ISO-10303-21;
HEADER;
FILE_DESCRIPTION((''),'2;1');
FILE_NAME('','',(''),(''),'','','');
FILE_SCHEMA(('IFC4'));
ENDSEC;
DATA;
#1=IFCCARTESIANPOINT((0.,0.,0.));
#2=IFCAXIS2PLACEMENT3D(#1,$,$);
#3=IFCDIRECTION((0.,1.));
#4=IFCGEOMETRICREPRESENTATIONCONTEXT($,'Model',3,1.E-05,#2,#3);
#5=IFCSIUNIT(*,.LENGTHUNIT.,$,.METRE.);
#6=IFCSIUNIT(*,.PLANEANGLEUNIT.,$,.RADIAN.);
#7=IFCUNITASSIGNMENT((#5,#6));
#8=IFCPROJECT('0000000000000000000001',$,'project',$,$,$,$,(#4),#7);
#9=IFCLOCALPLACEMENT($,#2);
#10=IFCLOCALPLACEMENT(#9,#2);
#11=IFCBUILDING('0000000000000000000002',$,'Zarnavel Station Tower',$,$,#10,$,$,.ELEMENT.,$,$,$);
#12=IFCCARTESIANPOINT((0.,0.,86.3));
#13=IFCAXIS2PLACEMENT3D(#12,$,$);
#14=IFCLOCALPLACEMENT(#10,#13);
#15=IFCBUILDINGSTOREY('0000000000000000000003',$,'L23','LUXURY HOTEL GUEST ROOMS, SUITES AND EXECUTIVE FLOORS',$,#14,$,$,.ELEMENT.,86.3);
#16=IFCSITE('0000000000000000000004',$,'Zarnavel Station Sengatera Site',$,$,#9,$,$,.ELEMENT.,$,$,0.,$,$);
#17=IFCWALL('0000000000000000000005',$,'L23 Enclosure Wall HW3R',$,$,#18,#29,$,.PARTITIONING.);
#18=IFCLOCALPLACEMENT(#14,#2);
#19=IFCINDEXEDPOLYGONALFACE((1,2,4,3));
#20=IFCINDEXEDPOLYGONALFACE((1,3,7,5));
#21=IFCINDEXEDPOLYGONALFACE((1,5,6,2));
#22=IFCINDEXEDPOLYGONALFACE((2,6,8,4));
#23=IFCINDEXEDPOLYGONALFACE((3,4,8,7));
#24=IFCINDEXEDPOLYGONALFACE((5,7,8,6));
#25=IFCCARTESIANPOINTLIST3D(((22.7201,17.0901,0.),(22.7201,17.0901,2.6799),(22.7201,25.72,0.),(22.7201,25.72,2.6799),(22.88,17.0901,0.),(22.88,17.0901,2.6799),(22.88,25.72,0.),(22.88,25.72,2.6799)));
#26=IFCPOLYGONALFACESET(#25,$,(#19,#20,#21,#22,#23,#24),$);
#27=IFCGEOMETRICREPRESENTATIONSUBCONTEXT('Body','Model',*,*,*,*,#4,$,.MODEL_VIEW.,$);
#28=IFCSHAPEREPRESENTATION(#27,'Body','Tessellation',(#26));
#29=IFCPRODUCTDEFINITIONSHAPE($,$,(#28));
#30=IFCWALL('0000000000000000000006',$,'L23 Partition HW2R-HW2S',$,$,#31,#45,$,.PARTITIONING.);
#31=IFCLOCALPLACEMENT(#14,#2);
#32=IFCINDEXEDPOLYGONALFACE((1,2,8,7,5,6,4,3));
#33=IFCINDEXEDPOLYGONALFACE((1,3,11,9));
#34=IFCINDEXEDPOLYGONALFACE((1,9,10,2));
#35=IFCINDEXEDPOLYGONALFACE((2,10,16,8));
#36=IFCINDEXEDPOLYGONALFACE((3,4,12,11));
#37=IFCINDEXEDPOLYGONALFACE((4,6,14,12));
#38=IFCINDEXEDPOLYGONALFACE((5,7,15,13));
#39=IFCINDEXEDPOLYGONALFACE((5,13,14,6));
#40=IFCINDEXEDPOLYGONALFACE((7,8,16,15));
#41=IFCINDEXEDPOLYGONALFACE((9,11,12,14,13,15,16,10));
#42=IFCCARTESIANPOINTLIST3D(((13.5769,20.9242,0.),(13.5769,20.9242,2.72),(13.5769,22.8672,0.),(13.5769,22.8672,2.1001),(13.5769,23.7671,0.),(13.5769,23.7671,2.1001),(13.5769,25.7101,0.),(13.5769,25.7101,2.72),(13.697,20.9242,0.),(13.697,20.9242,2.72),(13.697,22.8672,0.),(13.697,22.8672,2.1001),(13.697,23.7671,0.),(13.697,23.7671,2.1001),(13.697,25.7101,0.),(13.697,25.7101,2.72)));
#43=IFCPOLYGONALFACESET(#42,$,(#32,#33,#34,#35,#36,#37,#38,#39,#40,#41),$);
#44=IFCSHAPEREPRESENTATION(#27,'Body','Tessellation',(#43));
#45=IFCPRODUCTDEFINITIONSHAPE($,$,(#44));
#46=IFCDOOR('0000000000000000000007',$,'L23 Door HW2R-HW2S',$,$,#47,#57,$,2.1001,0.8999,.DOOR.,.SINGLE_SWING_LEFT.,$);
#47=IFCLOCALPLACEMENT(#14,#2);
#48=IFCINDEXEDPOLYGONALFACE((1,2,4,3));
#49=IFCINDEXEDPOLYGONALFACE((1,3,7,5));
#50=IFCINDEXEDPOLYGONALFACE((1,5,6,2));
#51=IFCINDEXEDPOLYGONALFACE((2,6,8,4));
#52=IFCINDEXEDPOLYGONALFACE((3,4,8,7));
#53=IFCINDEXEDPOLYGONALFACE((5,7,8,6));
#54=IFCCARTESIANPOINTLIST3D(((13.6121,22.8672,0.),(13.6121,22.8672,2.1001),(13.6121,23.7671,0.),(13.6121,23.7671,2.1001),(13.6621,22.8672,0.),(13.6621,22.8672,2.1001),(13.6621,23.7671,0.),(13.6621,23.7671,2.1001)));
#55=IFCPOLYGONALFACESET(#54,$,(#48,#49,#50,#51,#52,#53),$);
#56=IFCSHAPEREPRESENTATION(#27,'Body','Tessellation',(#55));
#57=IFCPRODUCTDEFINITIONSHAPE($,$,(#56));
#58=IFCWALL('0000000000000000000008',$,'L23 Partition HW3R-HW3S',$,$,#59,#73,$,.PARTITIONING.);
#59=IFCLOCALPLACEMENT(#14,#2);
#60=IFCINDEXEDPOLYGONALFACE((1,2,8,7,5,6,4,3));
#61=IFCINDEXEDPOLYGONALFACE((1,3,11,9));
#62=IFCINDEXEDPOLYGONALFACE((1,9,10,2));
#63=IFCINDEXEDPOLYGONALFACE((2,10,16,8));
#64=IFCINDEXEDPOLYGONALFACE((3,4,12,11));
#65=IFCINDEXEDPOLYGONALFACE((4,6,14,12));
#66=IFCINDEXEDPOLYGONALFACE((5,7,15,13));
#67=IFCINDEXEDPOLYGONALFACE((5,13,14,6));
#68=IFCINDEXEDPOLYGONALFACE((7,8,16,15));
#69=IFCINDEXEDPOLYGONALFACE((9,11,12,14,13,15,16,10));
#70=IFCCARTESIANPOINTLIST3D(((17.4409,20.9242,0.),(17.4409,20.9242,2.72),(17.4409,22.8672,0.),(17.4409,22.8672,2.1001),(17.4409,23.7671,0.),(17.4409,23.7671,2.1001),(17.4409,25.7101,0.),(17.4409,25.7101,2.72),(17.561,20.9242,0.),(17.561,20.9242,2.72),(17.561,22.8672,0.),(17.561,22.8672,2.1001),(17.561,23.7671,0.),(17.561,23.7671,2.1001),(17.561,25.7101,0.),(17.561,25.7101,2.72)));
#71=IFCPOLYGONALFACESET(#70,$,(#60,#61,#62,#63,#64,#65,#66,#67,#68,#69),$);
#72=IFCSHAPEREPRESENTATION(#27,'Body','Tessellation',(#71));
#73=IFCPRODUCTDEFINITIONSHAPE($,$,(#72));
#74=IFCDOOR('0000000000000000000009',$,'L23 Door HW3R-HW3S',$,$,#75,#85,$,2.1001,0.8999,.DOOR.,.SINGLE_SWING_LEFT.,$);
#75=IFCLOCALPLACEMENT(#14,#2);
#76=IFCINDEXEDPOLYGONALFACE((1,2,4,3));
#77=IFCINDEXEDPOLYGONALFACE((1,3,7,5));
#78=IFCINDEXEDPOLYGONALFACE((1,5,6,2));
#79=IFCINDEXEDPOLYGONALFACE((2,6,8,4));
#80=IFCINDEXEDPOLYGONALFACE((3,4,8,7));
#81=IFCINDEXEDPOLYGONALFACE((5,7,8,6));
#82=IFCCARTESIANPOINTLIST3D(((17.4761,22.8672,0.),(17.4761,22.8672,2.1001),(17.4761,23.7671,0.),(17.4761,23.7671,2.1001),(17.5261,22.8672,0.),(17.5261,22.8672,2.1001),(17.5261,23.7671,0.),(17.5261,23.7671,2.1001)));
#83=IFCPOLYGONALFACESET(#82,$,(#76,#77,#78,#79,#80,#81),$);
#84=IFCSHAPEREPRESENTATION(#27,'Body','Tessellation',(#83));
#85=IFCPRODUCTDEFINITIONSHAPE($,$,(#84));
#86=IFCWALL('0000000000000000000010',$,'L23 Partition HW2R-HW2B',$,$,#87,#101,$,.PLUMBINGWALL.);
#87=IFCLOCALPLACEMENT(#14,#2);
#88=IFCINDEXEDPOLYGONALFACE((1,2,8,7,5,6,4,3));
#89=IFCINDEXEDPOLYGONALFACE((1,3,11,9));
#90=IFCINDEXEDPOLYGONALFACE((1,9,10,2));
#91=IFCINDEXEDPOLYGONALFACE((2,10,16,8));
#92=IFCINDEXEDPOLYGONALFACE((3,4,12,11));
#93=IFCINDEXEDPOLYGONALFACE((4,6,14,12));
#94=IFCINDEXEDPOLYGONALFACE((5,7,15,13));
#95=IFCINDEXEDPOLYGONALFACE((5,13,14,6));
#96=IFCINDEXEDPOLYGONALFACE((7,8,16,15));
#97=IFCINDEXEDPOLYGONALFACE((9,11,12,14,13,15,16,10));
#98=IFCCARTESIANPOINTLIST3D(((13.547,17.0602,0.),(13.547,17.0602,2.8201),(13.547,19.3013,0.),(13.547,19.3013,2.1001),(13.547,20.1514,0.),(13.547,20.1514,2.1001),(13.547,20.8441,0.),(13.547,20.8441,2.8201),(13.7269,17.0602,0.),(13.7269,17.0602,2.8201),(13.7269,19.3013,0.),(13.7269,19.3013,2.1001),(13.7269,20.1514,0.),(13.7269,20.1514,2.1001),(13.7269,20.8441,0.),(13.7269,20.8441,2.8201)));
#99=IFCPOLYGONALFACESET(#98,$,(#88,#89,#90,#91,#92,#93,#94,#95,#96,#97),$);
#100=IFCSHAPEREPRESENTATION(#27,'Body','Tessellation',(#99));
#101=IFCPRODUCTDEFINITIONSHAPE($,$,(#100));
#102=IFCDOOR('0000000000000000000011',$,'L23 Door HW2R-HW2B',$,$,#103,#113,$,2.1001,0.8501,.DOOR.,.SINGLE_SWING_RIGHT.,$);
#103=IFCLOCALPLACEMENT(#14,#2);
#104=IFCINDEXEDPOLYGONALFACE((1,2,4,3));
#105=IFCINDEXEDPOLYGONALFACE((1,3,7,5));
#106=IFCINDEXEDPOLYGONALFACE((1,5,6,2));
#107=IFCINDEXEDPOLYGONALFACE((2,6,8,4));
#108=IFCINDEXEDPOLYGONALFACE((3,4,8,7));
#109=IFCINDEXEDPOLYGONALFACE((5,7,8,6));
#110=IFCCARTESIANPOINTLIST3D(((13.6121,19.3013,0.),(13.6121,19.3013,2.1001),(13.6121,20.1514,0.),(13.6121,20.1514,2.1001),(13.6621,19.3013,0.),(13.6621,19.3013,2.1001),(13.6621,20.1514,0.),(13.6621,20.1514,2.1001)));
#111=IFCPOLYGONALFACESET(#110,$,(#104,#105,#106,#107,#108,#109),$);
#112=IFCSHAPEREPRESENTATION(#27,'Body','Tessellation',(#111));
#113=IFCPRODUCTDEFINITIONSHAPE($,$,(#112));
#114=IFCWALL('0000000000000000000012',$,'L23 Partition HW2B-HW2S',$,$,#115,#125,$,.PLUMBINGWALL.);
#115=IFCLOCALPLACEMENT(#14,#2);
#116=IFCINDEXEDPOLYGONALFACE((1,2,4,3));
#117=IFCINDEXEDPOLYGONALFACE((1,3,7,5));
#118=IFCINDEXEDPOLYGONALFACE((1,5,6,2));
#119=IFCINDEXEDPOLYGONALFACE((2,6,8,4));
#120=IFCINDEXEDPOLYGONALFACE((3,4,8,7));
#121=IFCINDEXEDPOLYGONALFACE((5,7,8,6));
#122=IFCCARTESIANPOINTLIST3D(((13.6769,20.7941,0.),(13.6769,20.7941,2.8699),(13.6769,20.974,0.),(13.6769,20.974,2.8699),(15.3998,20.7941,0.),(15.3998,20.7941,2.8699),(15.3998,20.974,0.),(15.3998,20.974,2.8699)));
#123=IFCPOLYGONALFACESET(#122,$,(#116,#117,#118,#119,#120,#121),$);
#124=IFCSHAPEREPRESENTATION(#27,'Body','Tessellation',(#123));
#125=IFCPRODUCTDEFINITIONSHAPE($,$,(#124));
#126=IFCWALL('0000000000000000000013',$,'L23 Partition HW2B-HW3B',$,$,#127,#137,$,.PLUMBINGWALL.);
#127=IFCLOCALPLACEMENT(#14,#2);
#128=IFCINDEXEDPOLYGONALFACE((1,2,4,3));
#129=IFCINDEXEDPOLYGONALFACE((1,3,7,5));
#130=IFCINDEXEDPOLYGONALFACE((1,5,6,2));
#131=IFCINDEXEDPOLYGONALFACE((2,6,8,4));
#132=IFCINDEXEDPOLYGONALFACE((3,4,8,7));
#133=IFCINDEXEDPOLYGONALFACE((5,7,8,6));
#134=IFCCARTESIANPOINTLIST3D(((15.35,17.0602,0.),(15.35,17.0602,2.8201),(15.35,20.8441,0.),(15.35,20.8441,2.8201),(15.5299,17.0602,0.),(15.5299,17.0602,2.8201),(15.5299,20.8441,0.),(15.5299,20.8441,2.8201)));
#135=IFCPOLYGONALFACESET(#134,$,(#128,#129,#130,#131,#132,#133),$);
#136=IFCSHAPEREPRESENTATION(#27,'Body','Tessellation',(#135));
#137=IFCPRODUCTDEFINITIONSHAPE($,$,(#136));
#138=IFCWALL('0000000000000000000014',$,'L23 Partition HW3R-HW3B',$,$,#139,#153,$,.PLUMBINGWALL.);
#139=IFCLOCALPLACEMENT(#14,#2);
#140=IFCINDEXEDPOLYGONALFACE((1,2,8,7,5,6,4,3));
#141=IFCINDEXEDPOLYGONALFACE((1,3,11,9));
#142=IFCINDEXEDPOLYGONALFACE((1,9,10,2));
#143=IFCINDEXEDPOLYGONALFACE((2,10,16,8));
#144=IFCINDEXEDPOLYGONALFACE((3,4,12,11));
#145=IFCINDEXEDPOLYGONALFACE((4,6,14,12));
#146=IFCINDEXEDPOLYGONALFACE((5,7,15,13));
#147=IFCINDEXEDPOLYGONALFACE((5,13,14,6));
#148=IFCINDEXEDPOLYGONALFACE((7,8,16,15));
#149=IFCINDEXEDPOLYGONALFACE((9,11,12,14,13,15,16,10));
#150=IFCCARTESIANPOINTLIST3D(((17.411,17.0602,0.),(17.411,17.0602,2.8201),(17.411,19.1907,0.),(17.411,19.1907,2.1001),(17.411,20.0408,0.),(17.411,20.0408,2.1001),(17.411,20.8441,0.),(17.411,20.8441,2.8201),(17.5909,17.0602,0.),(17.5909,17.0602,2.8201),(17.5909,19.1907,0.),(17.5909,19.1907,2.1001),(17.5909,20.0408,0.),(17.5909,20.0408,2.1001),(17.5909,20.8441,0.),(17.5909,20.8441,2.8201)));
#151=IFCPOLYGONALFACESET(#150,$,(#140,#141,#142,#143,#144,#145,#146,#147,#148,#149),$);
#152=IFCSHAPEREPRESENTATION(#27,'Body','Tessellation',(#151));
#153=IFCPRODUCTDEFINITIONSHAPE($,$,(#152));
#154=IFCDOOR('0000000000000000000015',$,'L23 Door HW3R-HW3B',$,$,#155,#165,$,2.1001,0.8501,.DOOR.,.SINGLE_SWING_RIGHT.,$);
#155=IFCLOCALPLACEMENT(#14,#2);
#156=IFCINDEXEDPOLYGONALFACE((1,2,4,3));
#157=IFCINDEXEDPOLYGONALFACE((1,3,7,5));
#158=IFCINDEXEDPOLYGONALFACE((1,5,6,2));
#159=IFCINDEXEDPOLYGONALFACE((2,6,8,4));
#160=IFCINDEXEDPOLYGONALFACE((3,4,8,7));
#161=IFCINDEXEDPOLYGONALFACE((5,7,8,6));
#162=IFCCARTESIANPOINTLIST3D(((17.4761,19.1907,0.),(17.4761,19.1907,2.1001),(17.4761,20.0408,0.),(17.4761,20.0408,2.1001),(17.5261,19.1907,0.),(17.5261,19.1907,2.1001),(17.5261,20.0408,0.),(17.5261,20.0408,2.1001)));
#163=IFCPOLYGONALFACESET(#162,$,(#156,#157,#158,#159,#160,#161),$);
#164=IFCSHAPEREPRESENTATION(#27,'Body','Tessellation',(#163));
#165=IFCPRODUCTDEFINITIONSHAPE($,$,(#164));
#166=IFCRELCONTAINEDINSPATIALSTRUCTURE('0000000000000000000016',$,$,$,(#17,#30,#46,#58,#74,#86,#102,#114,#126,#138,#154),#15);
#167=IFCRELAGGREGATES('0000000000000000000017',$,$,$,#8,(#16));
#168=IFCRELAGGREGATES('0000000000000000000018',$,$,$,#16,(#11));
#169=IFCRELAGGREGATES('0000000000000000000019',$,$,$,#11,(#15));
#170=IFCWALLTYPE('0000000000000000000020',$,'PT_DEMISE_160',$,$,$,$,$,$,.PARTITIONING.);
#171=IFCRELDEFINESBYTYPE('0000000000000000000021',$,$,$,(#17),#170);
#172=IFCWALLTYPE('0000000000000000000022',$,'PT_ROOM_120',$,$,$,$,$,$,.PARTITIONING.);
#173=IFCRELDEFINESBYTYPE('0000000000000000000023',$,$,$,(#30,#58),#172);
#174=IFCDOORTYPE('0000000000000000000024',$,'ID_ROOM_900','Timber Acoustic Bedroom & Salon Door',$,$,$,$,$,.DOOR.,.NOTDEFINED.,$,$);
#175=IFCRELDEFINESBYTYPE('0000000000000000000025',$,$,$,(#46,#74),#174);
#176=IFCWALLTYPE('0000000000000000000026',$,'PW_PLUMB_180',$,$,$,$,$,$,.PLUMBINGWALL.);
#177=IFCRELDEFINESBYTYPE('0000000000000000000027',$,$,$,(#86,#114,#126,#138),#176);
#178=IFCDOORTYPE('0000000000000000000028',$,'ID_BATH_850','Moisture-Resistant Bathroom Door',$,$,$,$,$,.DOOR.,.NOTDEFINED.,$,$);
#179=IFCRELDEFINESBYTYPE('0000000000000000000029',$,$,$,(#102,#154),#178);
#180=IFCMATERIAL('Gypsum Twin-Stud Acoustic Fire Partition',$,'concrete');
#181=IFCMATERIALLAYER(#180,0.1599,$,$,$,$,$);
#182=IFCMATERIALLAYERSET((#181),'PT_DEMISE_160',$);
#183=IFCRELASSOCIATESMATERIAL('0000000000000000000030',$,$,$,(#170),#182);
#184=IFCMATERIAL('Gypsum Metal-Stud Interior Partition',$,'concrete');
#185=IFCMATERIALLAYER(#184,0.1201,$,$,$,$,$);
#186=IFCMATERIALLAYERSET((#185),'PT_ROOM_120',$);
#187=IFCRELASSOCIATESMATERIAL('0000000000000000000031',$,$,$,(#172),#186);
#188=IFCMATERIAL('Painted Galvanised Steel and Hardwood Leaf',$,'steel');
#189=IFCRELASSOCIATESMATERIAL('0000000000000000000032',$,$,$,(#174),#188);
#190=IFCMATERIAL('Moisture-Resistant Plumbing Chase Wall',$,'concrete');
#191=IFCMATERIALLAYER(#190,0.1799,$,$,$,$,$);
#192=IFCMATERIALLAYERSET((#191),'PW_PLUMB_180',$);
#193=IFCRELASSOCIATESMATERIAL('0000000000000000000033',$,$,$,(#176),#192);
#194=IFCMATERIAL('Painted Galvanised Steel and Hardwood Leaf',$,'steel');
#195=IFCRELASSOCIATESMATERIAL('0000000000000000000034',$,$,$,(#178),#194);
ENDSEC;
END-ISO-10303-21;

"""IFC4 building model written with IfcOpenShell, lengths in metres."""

from ifc_helpers import new_model, si_unit, direction, frame, frame_2d, origin, place, context, subcontext, project, spatial, rectangle, extrude, material, layer, layer_set, type_object, element, fill, save


model = new_model("IFC4")

# Units and contexts
model_context = context("Model", 3, precision=1e-05, world=origin(), true_north=direction((0.0, 1.0)))
body_context = subcontext(model_context, "Body", "Model", "MODEL_VIEW")
ifc_project = project(units=[si_unit("LENGTHUNIT", "METRE"), si_unit("PLANEANGLEUNIT", "RADIAN")], contexts=[model_context])

# Site, building, storey
site_placement = place(None, origin())
site = spatial("IfcSite", under=ifc_project, at=site_placement, Name="Zarnavel Station Sengatera Site", CompositionType="ELEMENT", RefElevation=0.0)
building_placement = place(site_placement, origin())
building = spatial("IfcBuilding", under=site, at=building_placement, Name="Zarnavel Station Tower", CompositionType="ELEMENT")
storey_placement = place(building_placement, frame((0.0, 0.0, 86.3)))
storey = spatial("IfcBuildingStorey", under=building, at=storey_placement, Name="L23", Description="LUXURY HOTEL GUEST ROOMS, SUITES AND EXECUTIVE FLOORS", CompositionType="ELEMENT", Elevation=86.3)

# Wall
ifc_material_1 = material(Name="Gypsum Twin-Stud Acoustic Fire Partition", Category="concrete")
ifc_layer_1 = layer(ifc_material_1, 0.1599)
ifc_layer_set_1 = layer_set([ifc_layer_1], Name="PT_DEMISE_160")
wall_type_1 = type_object("IfcWallType", Name="PT_DEMISE_160", PredefinedType="PARTITIONING", material=ifc_layer_set_1)
wall_1_placement = place(storey_placement, frame((22.8, 17.0901, 0.0), z_axis=(0.0, 0.0, 1.0), x_axis=(0.0, 1.0, 0.0)))
element("IfcWall", 1, at=wall_1_placement, inside=storey, type_object=wall_type_1, Name="L23 Enclosure Wall HW3R", PredefinedType="PARTITIONING", context=body_context, shape_type="SweptSolid", body=[
    extrude(rectangle(XDim=8.6299, YDim=0.1599, at=frame_2d((4.3149, 0.0))), origin(), (0.0, 0.0, 1.0), 2.6799),
])

# Walls, openings, doors
ifc_material_2 = material(Name="Gypsum Metal-Stud Interior Partition", Category="concrete")
ifc_layer_2 = layer(ifc_material_2, 0.1201)
ifc_layer_set_2 = layer_set([ifc_layer_2], Name="PT_ROOM_120")
wall_type_2 = type_object("IfcWallType", Name="PT_ROOM_120", PredefinedType="PARTITIONING", material=ifc_layer_set_2)
wall_2_placement = place(storey_placement, frame((13.637, 20.9241, 0.0), z_axis=(0.0, 0.0, 1.0), x_axis=(0.0, 1.0, 0.0)))
wall_2 = element("IfcWall", 2, at=wall_2_placement, inside=storey, type_object=wall_type_2, Name="L23 Partition HW2R-HW2S", PredefinedType="PARTITIONING", context=body_context, shape_type="SweptSolid", body=[
    extrude(rectangle(XDim=4.7859, YDim=0.1201, at=frame_2d((2.3931, 0.0))), origin(), (0.0, 0.0, 1.0), 2.72),
])
opening_1_placement = place(wall_2_placement, frame((1.9431, 0.0, 0.0)))
opening_1 = element("IfcOpeningElement", 3, at=opening_1_placement, cuts=wall_2, PredefinedType="OPENING", context=body_context, shape_type="SweptSolid", body=[
    extrude(rectangle(XDim=0.8999, YDim=2.1001, at=frame_2d((0.45, 1.05))), frame((0.0, 0.0701, 0.0), z_axis=(0.0, -1.0, 0.0), x_axis=(1.0, 0.0, 0.0)), (0.0, 0.0, 1.0), 0.1401),
])
ifc_material_3 = material(Name="Painted Galvanised Steel and Hardwood Leaf", Category="steel")
door_type_1 = type_object("IfcDoorType", Name="ID_ROOM_900", Description="Timber Acoustic Bedroom & Salon Door", OperationType="NOTDEFINED", PredefinedType="DOOR", material=ifc_material_3)
door_1_placement = place(opening_1_placement, origin())
door_1 = element("IfcDoor", 4, at=door_1_placement, inside=storey, type_object=door_type_1, Name="L23 Door HW2R-HW2S", OperationType="SINGLE_SWING_LEFT", OverallHeight=2.1001, OverallWidth=0.8999, PredefinedType="DOOR", context=body_context, shape_type="SweptSolid", body=[
    extrude(rectangle(XDim=0.8999, YDim=2.1001, at=frame_2d((0.45, 1.05))), frame((0.0, 0.0249, 0.0), z_axis=(0.0, -1.0, 0.0), x_axis=(1.0, 0.0, 0.0)), (0.0, 0.0, 1.0), 0.05),
])
fill(opening_1, door_1)
wall_3_placement = place(storey_placement, frame((17.501, 20.9241, 0.0), z_axis=(0.0, 0.0, 1.0), x_axis=(0.0, 1.0, 0.0)))
wall_3 = element("IfcWall", 5, at=wall_3_placement, inside=storey, type_object=wall_type_2, Name="L23 Partition HW3R-HW3S", PredefinedType="PARTITIONING", context=body_context, shape_type="SweptSolid", body=[
    extrude(rectangle(XDim=4.7859, YDim=0.1201, at=frame_2d((2.3931, 0.0))), origin(), (0.0, 0.0, 1.0), 2.72),
])
opening_2_placement = place(wall_3_placement, frame((1.9431, 0.0, 0.0)))
opening_2 = element("IfcOpeningElement", 6, at=opening_2_placement, cuts=wall_3, PredefinedType="OPENING", context=body_context, shape_type="SweptSolid", body=[
    extrude(rectangle(XDim=0.8999, YDim=2.1001, at=frame_2d((0.45, 1.05))), frame((0.0, 0.0701, 0.0), z_axis=(0.0, -1.0, 0.0), x_axis=(1.0, 0.0, 0.0)), (0.0, 0.0, 1.0), 0.1401),
])
door_2_placement = place(opening_2_placement, origin())
door_2 = element("IfcDoor", 7, at=door_2_placement, inside=storey, type_object=door_type_1, Name="L23 Door HW3R-HW3S", OperationType="SINGLE_SWING_LEFT", OverallHeight=2.1001, OverallWidth=0.8999, PredefinedType="DOOR", context=body_context, shape_type="SweptSolid", body=[
    extrude(rectangle(XDim=0.8999, YDim=2.1001, at=frame_2d((0.45, 1.05))), frame((0.0, 0.0249, 0.0), z_axis=(0.0, -1.0, 0.0), x_axis=(1.0, 0.0, 0.0)), (0.0, 0.0, 1.0), 0.05),
])
fill(opening_2, door_2)
ifc_material_4 = material(Name="Moisture-Resistant Plumbing Chase Wall", Category="concrete")
ifc_layer_3 = layer(ifc_material_4, 0.1799)
ifc_layer_set_3 = layer_set([ifc_layer_3], Name="PW_PLUMB_180")
wall_type_3 = type_object("IfcWallType", Name="PW_PLUMB_180", PredefinedType="PLUMBINGWALL", material=ifc_layer_set_3)
wall_4_placement = place(storey_placement, frame((13.637, 17.0601, 0.0), z_axis=(0.0, 0.0, 1.0), x_axis=(0.0, 1.0, 0.0)))
wall_4 = element("IfcWall", 8, at=wall_4_placement, inside=storey, type_object=wall_type_3, Name="L23 Partition HW2R-HW2B", PredefinedType="PLUMBINGWALL", context=body_context, shape_type="SweptSolid", body=[
    extrude(rectangle(XDim=3.7839, YDim=0.1799, at=frame_2d((1.8921, 0.0))), origin(), (0.0, 0.0, 1.0), 2.8201),
])
opening_3_placement = place(wall_4_placement, frame((2.2412, 0.0, 0.0)))
opening_3 = element("IfcOpeningElement", 9, at=opening_3_placement, cuts=wall_4, PredefinedType="OPENING", context=body_context, shape_type="SweptSolid", body=[
    extrude(rectangle(XDim=0.8501, YDim=2.1001, at=frame_2d((0.425, 1.05))), frame((0.0, 0.0999, 0.0), z_axis=(0.0, -1.0, 0.0), x_axis=(1.0, 0.0, 0.0)), (0.0, 0.0, 1.0), 0.2),
])
ifc_material_5 = material(Name="Painted Galvanised Steel and Hardwood Leaf", Category="steel")
door_type_2 = type_object("IfcDoorType", Name="ID_BATH_850", Description="Moisture-Resistant Bathroom Door", OperationType="NOTDEFINED", PredefinedType="DOOR", material=ifc_material_5)
door_3_placement = place(opening_3_placement, origin())
door_3 = element("IfcDoor", 10, at=door_3_placement, inside=storey, type_object=door_type_2, Name="L23 Door HW2R-HW2B", OperationType="SINGLE_SWING_RIGHT", OverallHeight=2.1001, OverallWidth=0.8501, PredefinedType="DOOR", context=body_context, shape_type="SweptSolid", body=[
    extrude(rectangle(XDim=0.8501, YDim=2.1001, at=frame_2d((0.425, 1.05))), frame((0.0, 0.0249, 0.0), z_axis=(0.0, -1.0, 0.0), x_axis=(1.0, 0.0, 0.0)), (0.0, 0.0, 1.0), 0.05),
])
fill(opening_3, door_3)

# Walls
wall_5_placement = place(storey_placement, frame((13.677, 20.884, 0.0), z_axis=(0.0, 0.0, 1.0), x_axis=(1.0, 0.0, 0.0)))
element("IfcWall", 11, at=wall_5_placement, inside=storey, type_object=wall_type_3, Name="L23 Partition HW2B-HW2S", PredefinedType="PLUMBINGWALL", context=body_context, shape_type="SweptSolid", body=[
    extrude(rectangle(XDim=1.7229, YDim=0.1799, at=frame_2d((0.8613, 0.0))), origin(), (0.0, 0.0, 1.0), 2.8699),
])
wall_6_placement = place(storey_placement, frame((15.4399, 17.0601, 0.0), z_axis=(0.0, 0.0, 1.0), x_axis=(0.0, 1.0, 0.0)))
element("IfcWall", 12, at=wall_6_placement, inside=storey, type_object=wall_type_3, Name="L23 Partition HW2B-HW3B", PredefinedType="PLUMBINGWALL", context=body_context, shape_type="SweptSolid", body=[
    extrude(rectangle(XDim=3.7839, YDim=0.1799, at=frame_2d((1.8921, 0.0))), origin(), (0.0, 0.0, 1.0), 2.8201),
])

# Wall, opening, door
wall_7_placement = place(storey_placement, frame((17.501, 17.0601, 0.0), z_axis=(0.0, 0.0, 1.0), x_axis=(0.0, 1.0, 0.0)))
wall_7 = element("IfcWall", 13, at=wall_7_placement, inside=storey, type_object=wall_type_3, Name="L23 Partition HW3R-HW3B", PredefinedType="PLUMBINGWALL", context=body_context, shape_type="SweptSolid", body=[
    extrude(rectangle(XDim=3.7839, YDim=0.1799, at=frame_2d((1.8921, 0.0))), origin(), (0.0, 0.0, 1.0), 2.8201),
])
opening_4_placement = place(wall_7_placement, frame((2.1306, 0.0, 0.0)))
opening_4 = element("IfcOpeningElement", 14, at=opening_4_placement, cuts=wall_7, PredefinedType="OPENING", context=body_context, shape_type="SweptSolid", body=[
    extrude(rectangle(XDim=0.8501, YDim=2.1001, at=frame_2d((0.425, 1.05))), frame((0.0, 0.0999, 0.0), z_axis=(0.0, -1.0, 0.0), x_axis=(1.0, 0.0, 0.0)), (0.0, 0.0, 1.0), 0.2),
])
door_4_placement = place(opening_4_placement, origin())
door_4 = element("IfcDoor", 15, at=door_4_placement, inside=storey, type_object=door_type_2, Name="L23 Door HW3R-HW3B", OperationType="SINGLE_SWING_RIGHT", OverallHeight=2.1001, OverallWidth=0.8501, PredefinedType="DOOR", context=body_context, shape_type="SweptSolid", body=[
    extrude(rectangle(XDim=0.8501, YDim=2.1001, at=frame_2d((0.425, 1.05))), frame((0.0, 0.0249, 0.0), z_axis=(0.0, -1.0, 0.0), x_axis=(1.0, 0.0, 0.0)), (0.0, 0.0, 1.0), 0.05),
])
fill(opening_4, door_4)

save(model, "model.ifc")
